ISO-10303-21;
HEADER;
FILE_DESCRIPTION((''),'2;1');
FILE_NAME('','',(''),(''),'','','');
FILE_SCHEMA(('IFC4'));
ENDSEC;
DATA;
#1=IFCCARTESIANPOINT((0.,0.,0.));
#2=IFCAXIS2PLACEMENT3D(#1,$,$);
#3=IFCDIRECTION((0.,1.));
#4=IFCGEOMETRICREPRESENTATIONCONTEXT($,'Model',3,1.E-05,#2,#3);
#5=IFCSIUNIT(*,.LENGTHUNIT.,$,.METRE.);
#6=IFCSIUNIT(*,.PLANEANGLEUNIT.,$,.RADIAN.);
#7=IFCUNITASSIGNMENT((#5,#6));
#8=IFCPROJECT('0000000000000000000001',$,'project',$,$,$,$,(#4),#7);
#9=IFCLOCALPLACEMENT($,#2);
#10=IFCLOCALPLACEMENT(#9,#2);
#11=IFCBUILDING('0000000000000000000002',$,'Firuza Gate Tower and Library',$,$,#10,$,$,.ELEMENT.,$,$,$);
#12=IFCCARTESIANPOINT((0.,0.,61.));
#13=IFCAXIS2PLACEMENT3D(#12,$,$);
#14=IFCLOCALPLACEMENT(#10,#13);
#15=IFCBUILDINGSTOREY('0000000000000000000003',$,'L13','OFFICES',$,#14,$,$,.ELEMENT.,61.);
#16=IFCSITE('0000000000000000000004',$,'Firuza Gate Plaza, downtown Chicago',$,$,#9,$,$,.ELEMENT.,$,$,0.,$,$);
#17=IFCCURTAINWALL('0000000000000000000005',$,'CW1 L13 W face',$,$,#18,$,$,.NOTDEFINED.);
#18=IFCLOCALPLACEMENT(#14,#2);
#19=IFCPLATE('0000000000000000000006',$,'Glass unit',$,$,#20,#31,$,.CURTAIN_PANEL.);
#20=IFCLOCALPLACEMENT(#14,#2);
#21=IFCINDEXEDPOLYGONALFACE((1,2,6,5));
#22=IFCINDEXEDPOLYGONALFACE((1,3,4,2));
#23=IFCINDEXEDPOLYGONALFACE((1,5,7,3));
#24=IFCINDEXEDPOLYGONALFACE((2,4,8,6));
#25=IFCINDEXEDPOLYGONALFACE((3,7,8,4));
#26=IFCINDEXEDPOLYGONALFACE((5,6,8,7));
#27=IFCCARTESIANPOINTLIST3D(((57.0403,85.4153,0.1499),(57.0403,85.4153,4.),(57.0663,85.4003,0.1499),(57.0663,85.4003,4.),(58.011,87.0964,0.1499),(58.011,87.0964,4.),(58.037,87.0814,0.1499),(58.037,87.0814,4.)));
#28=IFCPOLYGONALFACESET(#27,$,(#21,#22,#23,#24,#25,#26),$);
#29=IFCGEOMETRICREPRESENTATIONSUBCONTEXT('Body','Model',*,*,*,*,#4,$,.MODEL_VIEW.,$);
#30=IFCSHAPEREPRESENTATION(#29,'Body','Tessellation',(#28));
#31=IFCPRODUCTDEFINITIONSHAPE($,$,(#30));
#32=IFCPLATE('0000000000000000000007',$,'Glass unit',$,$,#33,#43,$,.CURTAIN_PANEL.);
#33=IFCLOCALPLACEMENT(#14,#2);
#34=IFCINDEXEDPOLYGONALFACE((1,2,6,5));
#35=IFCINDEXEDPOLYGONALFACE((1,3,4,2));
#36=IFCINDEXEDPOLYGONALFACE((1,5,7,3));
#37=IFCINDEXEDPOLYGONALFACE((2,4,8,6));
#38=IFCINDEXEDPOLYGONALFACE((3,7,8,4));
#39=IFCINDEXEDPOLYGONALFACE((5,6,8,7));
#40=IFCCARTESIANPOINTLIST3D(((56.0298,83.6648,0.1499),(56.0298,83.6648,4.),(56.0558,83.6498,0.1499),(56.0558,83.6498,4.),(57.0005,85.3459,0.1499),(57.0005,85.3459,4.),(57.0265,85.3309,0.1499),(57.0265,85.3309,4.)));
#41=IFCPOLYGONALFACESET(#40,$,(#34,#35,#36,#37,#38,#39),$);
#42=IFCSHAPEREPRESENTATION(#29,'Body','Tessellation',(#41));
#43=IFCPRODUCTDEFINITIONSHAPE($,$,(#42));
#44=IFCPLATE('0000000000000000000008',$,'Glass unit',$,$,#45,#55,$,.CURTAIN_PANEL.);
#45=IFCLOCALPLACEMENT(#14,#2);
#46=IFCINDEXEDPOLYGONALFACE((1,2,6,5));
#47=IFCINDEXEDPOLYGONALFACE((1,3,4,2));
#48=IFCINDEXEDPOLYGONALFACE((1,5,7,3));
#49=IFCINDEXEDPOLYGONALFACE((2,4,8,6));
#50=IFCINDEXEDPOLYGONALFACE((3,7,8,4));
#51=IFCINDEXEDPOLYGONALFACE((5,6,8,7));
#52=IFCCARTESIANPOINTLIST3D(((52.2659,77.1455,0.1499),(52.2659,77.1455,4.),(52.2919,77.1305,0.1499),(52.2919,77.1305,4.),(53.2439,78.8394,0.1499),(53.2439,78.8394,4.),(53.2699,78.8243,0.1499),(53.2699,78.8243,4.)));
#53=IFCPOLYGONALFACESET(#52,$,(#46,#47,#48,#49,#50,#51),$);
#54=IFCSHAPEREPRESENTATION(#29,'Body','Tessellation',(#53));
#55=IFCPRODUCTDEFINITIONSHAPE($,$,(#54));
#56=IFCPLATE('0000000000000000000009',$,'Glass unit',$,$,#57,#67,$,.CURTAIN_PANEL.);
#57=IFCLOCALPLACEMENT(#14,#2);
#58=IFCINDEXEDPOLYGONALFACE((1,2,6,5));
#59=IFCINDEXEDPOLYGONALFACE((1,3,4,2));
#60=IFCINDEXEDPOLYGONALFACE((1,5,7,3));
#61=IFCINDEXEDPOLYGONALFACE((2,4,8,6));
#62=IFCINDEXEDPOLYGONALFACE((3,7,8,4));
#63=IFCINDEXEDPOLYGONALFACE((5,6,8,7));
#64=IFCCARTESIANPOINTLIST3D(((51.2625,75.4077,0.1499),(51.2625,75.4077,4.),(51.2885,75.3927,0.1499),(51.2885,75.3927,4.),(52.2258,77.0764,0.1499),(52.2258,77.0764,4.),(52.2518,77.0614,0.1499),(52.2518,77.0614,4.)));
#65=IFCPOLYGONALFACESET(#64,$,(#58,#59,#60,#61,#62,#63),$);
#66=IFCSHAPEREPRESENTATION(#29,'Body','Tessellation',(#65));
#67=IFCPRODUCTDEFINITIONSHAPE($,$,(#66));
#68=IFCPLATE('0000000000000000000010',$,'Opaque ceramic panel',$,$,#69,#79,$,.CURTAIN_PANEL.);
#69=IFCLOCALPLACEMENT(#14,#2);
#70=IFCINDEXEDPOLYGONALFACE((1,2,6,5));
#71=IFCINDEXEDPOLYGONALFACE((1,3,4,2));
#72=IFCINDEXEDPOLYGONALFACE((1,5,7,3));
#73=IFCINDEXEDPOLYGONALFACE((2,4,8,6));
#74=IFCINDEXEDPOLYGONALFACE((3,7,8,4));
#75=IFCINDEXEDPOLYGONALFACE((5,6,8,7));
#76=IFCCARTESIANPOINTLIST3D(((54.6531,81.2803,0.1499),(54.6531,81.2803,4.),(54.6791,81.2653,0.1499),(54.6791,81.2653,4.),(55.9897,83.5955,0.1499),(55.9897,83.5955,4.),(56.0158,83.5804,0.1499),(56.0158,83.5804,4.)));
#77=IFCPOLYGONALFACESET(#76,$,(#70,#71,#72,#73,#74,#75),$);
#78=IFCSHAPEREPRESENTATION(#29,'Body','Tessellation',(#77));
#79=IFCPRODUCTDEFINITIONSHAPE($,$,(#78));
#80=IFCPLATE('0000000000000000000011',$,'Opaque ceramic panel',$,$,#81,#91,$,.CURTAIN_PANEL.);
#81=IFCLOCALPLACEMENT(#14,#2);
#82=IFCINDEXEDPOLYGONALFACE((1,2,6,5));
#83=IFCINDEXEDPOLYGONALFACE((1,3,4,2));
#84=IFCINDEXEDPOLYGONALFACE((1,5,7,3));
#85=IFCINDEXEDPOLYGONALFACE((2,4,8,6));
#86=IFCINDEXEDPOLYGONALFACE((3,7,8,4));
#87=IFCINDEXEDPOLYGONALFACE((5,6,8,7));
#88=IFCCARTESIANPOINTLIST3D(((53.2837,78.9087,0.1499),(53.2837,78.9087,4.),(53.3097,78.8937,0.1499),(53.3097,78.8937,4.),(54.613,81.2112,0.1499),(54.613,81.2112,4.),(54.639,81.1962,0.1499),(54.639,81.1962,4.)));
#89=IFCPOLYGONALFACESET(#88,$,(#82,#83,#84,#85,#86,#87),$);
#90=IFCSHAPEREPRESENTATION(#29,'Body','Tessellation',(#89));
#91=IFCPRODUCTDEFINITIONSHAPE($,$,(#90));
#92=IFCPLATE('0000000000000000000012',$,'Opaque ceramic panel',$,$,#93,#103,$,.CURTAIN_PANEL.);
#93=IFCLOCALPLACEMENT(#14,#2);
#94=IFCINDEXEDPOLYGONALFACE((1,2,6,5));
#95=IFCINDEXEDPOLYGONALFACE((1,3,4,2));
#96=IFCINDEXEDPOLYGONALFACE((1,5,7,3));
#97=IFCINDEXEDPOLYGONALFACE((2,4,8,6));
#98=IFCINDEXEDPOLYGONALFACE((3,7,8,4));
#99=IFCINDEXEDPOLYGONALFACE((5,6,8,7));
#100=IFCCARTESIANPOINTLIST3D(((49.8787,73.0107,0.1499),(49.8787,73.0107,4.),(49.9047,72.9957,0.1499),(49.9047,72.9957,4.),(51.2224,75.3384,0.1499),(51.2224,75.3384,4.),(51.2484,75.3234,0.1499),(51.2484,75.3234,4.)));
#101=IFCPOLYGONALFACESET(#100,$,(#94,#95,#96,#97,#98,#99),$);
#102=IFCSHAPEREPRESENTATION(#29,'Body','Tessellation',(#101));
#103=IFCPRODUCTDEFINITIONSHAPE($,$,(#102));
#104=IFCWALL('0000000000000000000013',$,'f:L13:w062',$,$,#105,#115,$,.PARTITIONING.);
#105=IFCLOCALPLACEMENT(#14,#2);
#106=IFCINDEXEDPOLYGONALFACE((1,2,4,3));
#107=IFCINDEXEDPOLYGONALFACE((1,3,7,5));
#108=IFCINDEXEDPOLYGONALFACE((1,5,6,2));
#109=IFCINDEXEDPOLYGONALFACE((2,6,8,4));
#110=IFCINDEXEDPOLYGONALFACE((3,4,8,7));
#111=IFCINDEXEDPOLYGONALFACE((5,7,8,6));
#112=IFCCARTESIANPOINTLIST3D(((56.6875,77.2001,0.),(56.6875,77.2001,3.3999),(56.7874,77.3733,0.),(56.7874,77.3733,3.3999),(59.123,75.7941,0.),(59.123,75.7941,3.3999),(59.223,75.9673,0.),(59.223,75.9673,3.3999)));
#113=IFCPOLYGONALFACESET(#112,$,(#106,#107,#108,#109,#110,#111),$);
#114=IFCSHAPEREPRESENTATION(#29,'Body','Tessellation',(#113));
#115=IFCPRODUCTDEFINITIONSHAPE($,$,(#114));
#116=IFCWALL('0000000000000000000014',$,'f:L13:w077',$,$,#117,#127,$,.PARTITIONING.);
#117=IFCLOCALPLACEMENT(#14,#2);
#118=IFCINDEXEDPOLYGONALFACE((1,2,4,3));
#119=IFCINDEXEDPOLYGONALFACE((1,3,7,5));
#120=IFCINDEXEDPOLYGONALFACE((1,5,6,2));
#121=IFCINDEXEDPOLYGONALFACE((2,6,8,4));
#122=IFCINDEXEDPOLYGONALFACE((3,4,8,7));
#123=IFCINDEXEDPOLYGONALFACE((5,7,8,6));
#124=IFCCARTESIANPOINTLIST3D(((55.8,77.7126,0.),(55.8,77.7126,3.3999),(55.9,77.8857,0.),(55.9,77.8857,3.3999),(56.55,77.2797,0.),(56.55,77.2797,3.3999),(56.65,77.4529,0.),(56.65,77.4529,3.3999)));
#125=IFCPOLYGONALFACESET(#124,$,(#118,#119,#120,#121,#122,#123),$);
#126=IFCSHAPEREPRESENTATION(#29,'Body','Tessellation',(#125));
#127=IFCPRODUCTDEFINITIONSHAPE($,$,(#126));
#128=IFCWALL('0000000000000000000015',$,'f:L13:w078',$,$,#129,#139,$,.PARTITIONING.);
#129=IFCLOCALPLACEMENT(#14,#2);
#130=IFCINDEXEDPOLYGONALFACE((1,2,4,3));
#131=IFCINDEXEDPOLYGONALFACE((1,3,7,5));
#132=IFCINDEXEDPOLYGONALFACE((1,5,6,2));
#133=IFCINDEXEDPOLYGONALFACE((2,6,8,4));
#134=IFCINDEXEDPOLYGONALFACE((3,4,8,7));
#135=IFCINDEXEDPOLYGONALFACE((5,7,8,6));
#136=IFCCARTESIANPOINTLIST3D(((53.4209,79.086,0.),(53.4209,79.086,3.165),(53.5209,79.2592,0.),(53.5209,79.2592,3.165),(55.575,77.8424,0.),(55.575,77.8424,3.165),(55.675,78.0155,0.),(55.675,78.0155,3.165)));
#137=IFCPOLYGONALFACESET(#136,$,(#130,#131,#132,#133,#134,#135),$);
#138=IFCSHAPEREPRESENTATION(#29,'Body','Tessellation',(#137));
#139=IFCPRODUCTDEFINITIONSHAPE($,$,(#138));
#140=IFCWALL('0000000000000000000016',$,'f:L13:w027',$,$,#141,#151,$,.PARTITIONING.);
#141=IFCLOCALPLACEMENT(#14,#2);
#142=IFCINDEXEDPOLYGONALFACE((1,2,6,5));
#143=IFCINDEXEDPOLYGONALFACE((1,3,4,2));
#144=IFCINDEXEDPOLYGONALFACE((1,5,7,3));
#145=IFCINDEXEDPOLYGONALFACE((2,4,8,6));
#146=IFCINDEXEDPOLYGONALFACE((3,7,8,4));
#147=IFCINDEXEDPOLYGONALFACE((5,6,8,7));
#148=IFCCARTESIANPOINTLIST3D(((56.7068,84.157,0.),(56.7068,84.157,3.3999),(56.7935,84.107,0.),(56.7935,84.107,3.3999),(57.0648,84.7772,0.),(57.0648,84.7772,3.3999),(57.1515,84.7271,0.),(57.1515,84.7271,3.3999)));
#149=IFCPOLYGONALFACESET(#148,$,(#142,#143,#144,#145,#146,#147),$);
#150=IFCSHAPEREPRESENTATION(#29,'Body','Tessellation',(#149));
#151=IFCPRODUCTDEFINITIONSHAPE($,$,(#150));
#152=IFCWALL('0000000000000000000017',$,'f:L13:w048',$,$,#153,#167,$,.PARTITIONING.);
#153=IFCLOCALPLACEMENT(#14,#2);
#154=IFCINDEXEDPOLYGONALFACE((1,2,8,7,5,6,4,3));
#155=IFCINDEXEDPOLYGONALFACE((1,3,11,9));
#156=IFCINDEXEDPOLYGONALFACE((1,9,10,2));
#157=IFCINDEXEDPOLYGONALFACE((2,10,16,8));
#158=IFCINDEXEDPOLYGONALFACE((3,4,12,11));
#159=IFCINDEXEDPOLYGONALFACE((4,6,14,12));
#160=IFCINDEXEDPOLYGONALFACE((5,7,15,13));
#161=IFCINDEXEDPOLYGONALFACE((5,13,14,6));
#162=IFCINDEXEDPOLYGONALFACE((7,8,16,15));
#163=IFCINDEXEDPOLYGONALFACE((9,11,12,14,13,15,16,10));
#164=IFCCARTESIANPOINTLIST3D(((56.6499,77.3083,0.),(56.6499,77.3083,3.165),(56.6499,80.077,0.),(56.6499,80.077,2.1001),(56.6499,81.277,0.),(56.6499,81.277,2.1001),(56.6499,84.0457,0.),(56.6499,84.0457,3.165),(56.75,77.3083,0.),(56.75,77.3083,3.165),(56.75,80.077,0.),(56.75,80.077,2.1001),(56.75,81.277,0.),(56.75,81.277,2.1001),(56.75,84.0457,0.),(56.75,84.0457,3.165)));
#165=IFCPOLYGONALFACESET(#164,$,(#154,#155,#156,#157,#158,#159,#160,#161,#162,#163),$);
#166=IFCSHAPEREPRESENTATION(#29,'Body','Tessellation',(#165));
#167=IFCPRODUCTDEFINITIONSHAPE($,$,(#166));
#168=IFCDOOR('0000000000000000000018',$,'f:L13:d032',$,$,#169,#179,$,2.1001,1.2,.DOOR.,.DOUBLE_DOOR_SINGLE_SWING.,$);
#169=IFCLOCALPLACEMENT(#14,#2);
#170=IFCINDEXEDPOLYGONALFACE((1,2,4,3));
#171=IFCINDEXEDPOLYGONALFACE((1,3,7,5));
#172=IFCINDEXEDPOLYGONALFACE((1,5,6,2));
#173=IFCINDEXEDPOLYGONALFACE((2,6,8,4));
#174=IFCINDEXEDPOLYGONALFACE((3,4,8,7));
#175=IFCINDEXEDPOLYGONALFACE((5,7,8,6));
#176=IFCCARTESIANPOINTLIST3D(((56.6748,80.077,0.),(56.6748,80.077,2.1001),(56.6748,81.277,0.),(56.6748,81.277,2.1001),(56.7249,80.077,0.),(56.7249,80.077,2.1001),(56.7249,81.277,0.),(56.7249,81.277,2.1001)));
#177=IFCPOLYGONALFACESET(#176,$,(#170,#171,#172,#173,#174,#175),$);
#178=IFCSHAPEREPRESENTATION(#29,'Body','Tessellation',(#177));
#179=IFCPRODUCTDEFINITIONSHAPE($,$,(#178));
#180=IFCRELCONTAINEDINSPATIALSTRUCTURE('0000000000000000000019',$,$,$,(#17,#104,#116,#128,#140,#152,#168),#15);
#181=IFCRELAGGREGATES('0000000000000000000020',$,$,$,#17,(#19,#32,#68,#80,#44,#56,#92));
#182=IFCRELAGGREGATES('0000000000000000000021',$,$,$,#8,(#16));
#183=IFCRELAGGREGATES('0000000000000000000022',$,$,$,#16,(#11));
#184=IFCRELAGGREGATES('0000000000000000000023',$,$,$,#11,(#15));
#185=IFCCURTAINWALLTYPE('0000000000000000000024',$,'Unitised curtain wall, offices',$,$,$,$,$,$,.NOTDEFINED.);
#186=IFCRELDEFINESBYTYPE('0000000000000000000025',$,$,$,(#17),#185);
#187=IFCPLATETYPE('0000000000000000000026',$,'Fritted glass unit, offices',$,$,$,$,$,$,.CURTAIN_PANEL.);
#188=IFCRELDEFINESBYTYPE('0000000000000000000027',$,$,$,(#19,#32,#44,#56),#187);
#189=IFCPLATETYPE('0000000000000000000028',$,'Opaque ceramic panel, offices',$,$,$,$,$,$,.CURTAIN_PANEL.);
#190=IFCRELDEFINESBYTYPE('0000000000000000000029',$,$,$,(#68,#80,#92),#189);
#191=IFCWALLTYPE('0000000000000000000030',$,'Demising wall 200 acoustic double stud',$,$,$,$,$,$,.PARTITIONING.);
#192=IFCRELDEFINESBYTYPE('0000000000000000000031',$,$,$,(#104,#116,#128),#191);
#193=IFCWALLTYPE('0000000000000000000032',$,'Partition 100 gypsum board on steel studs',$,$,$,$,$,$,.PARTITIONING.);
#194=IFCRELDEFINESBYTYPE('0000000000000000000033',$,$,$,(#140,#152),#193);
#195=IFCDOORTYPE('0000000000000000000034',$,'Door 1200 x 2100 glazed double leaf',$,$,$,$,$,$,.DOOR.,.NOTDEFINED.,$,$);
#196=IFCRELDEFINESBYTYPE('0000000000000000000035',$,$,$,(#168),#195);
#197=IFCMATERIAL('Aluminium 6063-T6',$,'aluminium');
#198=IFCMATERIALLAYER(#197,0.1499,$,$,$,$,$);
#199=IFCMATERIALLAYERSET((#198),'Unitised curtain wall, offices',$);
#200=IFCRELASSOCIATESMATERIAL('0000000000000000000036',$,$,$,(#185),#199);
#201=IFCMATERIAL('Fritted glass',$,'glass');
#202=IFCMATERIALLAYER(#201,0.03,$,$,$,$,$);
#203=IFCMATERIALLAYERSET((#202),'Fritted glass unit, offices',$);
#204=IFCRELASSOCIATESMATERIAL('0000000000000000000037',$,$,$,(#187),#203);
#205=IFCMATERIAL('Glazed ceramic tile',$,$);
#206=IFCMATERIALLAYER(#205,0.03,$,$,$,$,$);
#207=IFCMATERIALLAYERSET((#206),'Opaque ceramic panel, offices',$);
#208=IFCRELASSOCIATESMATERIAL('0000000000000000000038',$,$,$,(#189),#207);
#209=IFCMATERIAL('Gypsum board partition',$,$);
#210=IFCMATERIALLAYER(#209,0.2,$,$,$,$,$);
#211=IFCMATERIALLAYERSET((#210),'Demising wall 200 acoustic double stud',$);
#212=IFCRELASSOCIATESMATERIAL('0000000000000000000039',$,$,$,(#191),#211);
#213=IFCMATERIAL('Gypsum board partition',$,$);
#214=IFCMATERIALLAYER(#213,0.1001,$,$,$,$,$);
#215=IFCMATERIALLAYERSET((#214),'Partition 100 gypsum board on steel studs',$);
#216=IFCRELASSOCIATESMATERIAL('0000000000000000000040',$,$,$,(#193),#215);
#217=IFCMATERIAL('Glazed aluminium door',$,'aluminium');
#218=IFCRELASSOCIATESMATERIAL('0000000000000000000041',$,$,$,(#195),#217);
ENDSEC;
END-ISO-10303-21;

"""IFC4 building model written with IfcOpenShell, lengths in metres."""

from ifc_helpers import new_model, si_unit, direction, frame, frame_2d, origin, place, context, subcontext, project, spatial, polyline, rectangle, outline, extrude, material, layer, layer_set, type_object, element, fill, aggregate, save


model = new_model("IFC4")

# Units and contexts
model_context = context("Model", 3, precision=1e-05, world=origin(), true_north=direction((0.0, 1.0)))
body_context = subcontext(model_context, "Body", "Model", "MODEL_VIEW")
ifc_project = project(units=[si_unit("LENGTHUNIT", "METRE"), si_unit("PLANEANGLEUNIT", "RADIAN")], contexts=[model_context])

# Site, building, storey
site_placement = place(None, origin())
site = spatial("IfcSite", under=ifc_project, at=site_placement, Name="Firuza Gate Plaza, downtown Chicago", CompositionType="ELEMENT", RefElevation=0.0)
building_placement = place(site_placement, origin())
building = spatial("IfcBuilding", under=site, at=building_placement, Name="Firuza Gate Tower and Library", CompositionType="ELEMENT")
storey_placement = place(building_placement, frame((0.0, 0.0, 61.0)))
storey = spatial("IfcBuildingStorey", under=building, at=storey_placement, Name="L13", Description="OFFICES", CompositionType="ELEMENT", Elevation=61.0)

# Curtain wall
ifc_material_1 = material(Name="Aluminium 6063-T6", Category="aluminium")
ifc_layer_1 = layer(ifc_material_1, 0.1499)
ifc_layer_set_1 = layer_set([ifc_layer_1], Name="Unitised curtain wall, offices")
curtain_wall_type = type_object("IfcCurtainWallType", Name="Unitised curtain wall, offices", PredefinedType="NOTDEFINED", material=ifc_layer_set_1)
curtain_wall_placement = place(storey_placement, origin())
curtain_wall = element("IfcCurtainWall", 1, at=curtain_wall_placement, inside=storey, type_object=curtain_wall_type, Name="CW1 L13 W face", PredefinedType="NOTDEFINED")

# Plates
ifc_material_2 = material(Name="Fritted glass", Category="glass")
ifc_layer_2 = layer(ifc_material_2, 0.03)
ifc_layer_set_2 = layer_set([ifc_layer_2], Name="Fritted glass unit, offices")
plate_type_1 = type_object("IfcPlateType", Name="Fritted glass unit, offices", PredefinedType="CURTAIN_PANEL", material=ifc_layer_set_2)
plate_1_placement = place(storey_placement, frame((58.011, 87.0964, 0.1499), z_axis=(-0.866005, 0.500035, 0.0), x_axis=(-0.500035, -0.866005, 0.0)))
plate_1 = element("IfcPlate", 2, at=plate_1_placement, type_object=plate_type_1, Name="Glass unit", PredefinedType="CURTAIN_PANEL", context=body_context, shape_type="SweptSolid", body=[
    extrude(outline(polyline([(0.0, 0.0), (1.9413, 0.0), (1.9413, 3.8501), (0.0, 3.8501), (0.0, 0.0)])), origin(), (0.0, 0.0, -1.0), 0.03),
])
plate_2_placement = place(storey_placement, frame((57.0005, 85.3459, 0.1499), z_axis=(-0.866005, 0.500035, 0.0), x_axis=(-0.500035, -0.866005, 0.0)))
plate_2 = element("IfcPlate", 3, at=plate_2_placement, type_object=plate_type_1, Name="Glass unit", PredefinedType="CURTAIN_PANEL", context=body_context, shape_type="SweptSolid", body=[
    extrude(outline(polyline([(0.0, 0.0), (1.9413, 0.0), (1.9413, 3.8501), (0.0, 3.8501), (0.0, 0.0)])), origin(), (0.0, 0.0, -1.0), 0.03),
])
plate_3_placement = place(storey_placement, frame((53.2439, 78.8394, 0.1499), z_axis=(-0.866007, 0.500032, 0.0), x_axis=(-0.500032, -0.866007, 0.0)))
plate_3 = element("IfcPlate", 4, at=plate_3_placement, type_object=plate_type_1, Name="Glass unit", PredefinedType="CURTAIN_PANEL", context=body_context, shape_type="SweptSolid", body=[
    extrude(outline(polyline([(0.0, 0.0), (1.9559, 0.0), (1.9559, 3.8501), (0.0, 3.8501), (0.0, 0.0)])), origin(), (0.0, 0.0, -1.0), 0.03),
])
plate_4_placement = place(storey_placement, frame((52.2258, 77.0764, 0.1499), z_axis=(-0.866036, 0.499982, 0.0), x_axis=(-0.499982, -0.866036, 0.0)))
plate_4 = element("IfcPlate", 5, at=plate_4_placement, type_object=plate_type_1, Name="Glass unit", PredefinedType="CURTAIN_PANEL", context=body_context, shape_type="SweptSolid", body=[
    extrude(outline(polyline([(0.0, 0.0), (1.9268, 0.0), (1.9268, 3.8501), (0.0, 3.8501), (0.0, 0.0)])), origin(), (0.0, 0.0, -1.0), 0.03),
])
ifc_material_3 = material(Name="Glazed ceramic tile")
ifc_layer_3 = layer(ifc_material_3, 0.03)
ifc_layer_set_3 = layer_set([ifc_layer_3], Name="Opaque ceramic panel, offices")
plate_type_2 = type_object("IfcPlateType", Name="Opaque ceramic panel, offices", PredefinedType="CURTAIN_PANEL", material=ifc_layer_set_3)
plate_5_placement = place(storey_placement, frame((55.9897, 83.5955, 0.1499), z_axis=(-0.866026, 0.499999, 0.0), x_axis=(-0.499999, -0.866026, 0.0)))
plate_5 = element("IfcPlate", 6, at=plate_5_placement, type_object=plate_type_2, Name="Opaque ceramic panel", PredefinedType="CURTAIN_PANEL", context=body_context, shape_type="SweptSolid", body=[
    extrude(outline(polyline([(0.0, 0.0), (2.6733, 0.0), (2.6733, 3.8501), (0.0, 3.8501), (0.0, 0.0)])), origin(), (0.0, 0.0, -1.0), 0.03),
])
plate_6_placement = place(storey_placement, frame((54.613, 81.2112, 0.1499), z_axis=(-0.866025, 0.500001, 0.0), x_axis=(-0.500001, -0.866025, 0.0)))
plate_6 = element("IfcPlate", 7, at=plate_6_placement, type_object=plate_type_2, Name="Opaque ceramic panel", PredefinedType="CURTAIN_PANEL", context=body_context, shape_type="SweptSolid", body=[
    extrude(outline(polyline([(0.0, 0.0), (2.6587, 0.0), (2.6587, 3.8501), (0.0, 3.8501), (0.0, 0.0)])), origin(), (0.0, 0.0, -1.0), 0.03),
])
plate_7_placement = place(storey_placement, frame((51.2224, 75.3384, 0.1499), z_axis=(-0.866043, 0.499969, 0.0), x_axis=(-0.499969, -0.866043, 0.0)))
plate_7 = element("IfcPlate", 8, at=plate_7_placement, type_object=plate_type_2, Name="Opaque ceramic panel", PredefinedType="CURTAIN_PANEL", context=body_context, shape_type="SweptSolid", body=[
    extrude(outline(polyline([(0.0, 0.0), (2.6877, 0.0), (2.6877, 3.8501), (0.0, 3.8501), (0.0, 0.0)])), origin(), (0.0, 0.0, -1.0), 0.03),
])
aggregate(curtain_wall, [plate_1, plate_2, plate_5, plate_6, plate_3, plate_4, plate_7])

# Walls
ifc_material_4 = material(Name="Gypsum board partition")
ifc_layer_4 = layer(ifc_material_4, 0.2)
ifc_layer_set_4 = layer_set([ifc_layer_4], Name="Demising wall 200 acoustic double stud")
wall_type_1 = type_object("IfcWallType", Name="Demising wall 200 acoustic double stud", PredefinedType="PARTITIONING", material=ifc_layer_set_4)
wall_1_placement = place(storey_placement, frame((59.1731, 75.8806, 0.0), z_axis=(0.0, 0.0, 1.0), x_axis=(-0.86605, 0.499958, 0.0)))
element("IfcWall", 9, at=wall_1_placement, inside=storey, type_object=wall_type_1, Name="f:L13:w062", PredefinedType="PARTITIONING", context=body_context, shape_type="SweptSolid", body=[
    extrude(rectangle(XDim=2.8123, YDim=0.2, at=frame_2d((1.4062, 0.0))), origin(), (0.0, 0.0, 1.0), 3.3999),
])
wall_2_placement = place(storey_placement, frame((56.6001, 77.3662, 0.0), z_axis=(0.0, 0.0, 1.0), x_axis=(-0.866101, 0.499869, 0.0)))
element("IfcWall", 10, at=wall_2_placement, inside=storey, type_object=wall_type_1, Name="f:L13:w077", PredefinedType="PARTITIONING", context=body_context, shape_type="SweptSolid", body=[
    extrude(rectangle(XDim=0.866, YDim=0.2, at=frame_2d((0.4331, 0.0))), origin(), (0.0, 0.0, 1.0), 3.3999),
])
wall_3_placement = place(storey_placement, frame((55.625, 77.929, 0.0), z_axis=(0.0, 0.0, 1.0), x_axis=(-0.866024, 0.500003, 0.0)))
element("IfcWall", 11, at=wall_3_placement, inside=storey, type_object=wall_type_1, Name="f:L13:w078", PredefinedType="PARTITIONING", context=body_context, shape_type="SweptSolid", body=[
    extrude(rectangle(XDim=2.4873, YDim=0.2, at=frame_2d((1.2437, 0.0))), origin(), (0.0, 0.0, 1.0), 3.165),
])
ifc_material_5 = material(Name="Gypsum board partition")
ifc_layer_5 = layer(ifc_material_5, 0.1001)
ifc_layer_set_5 = layer_set([ifc_layer_5], Name="Partition 100 gypsum board on steel studs")
wall_type_2 = type_object("IfcWallType", Name="Partition 100 gypsum board on steel studs", PredefinedType="PARTITIONING", material=ifc_layer_set_5)
wall_4_placement = place(storey_placement, frame((56.7502, 84.1321, 0.0), z_axis=(0.0, 0.0, 1.0), x_axis=(0.49988, 0.866095, 0.0)))
element("IfcWall", 12, at=wall_4_placement, inside=storey, type_object=wall_type_2, Name="f:L13:w027", PredefinedType="PARTITIONING", context=body_context, shape_type="SweptSolid", body=[
    extrude(rectangle(XDim=0.7161, YDim=0.1001, at=frame_2d((0.3579, 0.0))), origin(), (0.0, 0.0, 1.0), 3.3999),
])

# Wall, opening, door
wall_5_placement = place(storey_placement, frame((56.7, 84.0457, 0.0), z_axis=(0.0, 0.0, 1.0), x_axis=(0.0, -1.0, 0.0)))
wall_5 = element("IfcWall", 13, at=wall_5_placement, inside=storey, type_object=wall_type_2, Name="f:L13:w048", PredefinedType="PARTITIONING", context=body_context, shape_type="SweptSolid", body=[
    extrude(rectangle(XDim=6.7373, YDim=0.1001, at=frame_2d((3.3687, 0.0))), origin(), (0.0, 0.0, 1.0), 3.165),
])
opening_placement = place(wall_5_placement, frame((2.7686, 0.0, 0.0)))
opening = element("IfcOpeningElement", 14, at=opening_placement, cuts=wall_5, PredefinedType="OPENING", context=body_context, shape_type="SweptSolid", body=[
    extrude(rectangle(XDim=1.2, YDim=2.1001, at=frame_2d((0.6001, 1.05))), frame((0.0, 0.0601, 0.0), z_axis=(0.0, -1.0, 0.0), x_axis=(1.0, 0.0, 0.0)), (0.0, 0.0, 1.0), 0.1201),
])
ifc_material_6 = material(Name="Glazed aluminium door", Category="aluminium")
door_type = type_object("IfcDoorType", Name="Door 1200 x 2100 glazed double leaf", OperationType="NOTDEFINED", PredefinedType="DOOR", material=ifc_material_6)
door_placement = place(opening_placement, origin())
door = element("IfcDoor", 15, at=door_placement, inside=storey, type_object=door_type, Name="f:L13:d032", OperationType="DOUBLE_DOOR_SINGLE_SWING", OverallHeight=2.1001, OverallWidth=1.2, PredefinedType="DOOR", context=body_context, shape_type="SweptSolid", body=[
    extrude(rectangle(XDim=1.2, YDim=2.1001, at=frame_2d((0.6001, 1.05))), frame((0.0, 0.0249, 0.0), z_axis=(0.0, -1.0, 0.0), x_axis=(1.0, 0.0, 0.0)), (0.0, 0.0, 1.0), 0.05),
])
fill(opening, door)

save(model, "model.ifc")
